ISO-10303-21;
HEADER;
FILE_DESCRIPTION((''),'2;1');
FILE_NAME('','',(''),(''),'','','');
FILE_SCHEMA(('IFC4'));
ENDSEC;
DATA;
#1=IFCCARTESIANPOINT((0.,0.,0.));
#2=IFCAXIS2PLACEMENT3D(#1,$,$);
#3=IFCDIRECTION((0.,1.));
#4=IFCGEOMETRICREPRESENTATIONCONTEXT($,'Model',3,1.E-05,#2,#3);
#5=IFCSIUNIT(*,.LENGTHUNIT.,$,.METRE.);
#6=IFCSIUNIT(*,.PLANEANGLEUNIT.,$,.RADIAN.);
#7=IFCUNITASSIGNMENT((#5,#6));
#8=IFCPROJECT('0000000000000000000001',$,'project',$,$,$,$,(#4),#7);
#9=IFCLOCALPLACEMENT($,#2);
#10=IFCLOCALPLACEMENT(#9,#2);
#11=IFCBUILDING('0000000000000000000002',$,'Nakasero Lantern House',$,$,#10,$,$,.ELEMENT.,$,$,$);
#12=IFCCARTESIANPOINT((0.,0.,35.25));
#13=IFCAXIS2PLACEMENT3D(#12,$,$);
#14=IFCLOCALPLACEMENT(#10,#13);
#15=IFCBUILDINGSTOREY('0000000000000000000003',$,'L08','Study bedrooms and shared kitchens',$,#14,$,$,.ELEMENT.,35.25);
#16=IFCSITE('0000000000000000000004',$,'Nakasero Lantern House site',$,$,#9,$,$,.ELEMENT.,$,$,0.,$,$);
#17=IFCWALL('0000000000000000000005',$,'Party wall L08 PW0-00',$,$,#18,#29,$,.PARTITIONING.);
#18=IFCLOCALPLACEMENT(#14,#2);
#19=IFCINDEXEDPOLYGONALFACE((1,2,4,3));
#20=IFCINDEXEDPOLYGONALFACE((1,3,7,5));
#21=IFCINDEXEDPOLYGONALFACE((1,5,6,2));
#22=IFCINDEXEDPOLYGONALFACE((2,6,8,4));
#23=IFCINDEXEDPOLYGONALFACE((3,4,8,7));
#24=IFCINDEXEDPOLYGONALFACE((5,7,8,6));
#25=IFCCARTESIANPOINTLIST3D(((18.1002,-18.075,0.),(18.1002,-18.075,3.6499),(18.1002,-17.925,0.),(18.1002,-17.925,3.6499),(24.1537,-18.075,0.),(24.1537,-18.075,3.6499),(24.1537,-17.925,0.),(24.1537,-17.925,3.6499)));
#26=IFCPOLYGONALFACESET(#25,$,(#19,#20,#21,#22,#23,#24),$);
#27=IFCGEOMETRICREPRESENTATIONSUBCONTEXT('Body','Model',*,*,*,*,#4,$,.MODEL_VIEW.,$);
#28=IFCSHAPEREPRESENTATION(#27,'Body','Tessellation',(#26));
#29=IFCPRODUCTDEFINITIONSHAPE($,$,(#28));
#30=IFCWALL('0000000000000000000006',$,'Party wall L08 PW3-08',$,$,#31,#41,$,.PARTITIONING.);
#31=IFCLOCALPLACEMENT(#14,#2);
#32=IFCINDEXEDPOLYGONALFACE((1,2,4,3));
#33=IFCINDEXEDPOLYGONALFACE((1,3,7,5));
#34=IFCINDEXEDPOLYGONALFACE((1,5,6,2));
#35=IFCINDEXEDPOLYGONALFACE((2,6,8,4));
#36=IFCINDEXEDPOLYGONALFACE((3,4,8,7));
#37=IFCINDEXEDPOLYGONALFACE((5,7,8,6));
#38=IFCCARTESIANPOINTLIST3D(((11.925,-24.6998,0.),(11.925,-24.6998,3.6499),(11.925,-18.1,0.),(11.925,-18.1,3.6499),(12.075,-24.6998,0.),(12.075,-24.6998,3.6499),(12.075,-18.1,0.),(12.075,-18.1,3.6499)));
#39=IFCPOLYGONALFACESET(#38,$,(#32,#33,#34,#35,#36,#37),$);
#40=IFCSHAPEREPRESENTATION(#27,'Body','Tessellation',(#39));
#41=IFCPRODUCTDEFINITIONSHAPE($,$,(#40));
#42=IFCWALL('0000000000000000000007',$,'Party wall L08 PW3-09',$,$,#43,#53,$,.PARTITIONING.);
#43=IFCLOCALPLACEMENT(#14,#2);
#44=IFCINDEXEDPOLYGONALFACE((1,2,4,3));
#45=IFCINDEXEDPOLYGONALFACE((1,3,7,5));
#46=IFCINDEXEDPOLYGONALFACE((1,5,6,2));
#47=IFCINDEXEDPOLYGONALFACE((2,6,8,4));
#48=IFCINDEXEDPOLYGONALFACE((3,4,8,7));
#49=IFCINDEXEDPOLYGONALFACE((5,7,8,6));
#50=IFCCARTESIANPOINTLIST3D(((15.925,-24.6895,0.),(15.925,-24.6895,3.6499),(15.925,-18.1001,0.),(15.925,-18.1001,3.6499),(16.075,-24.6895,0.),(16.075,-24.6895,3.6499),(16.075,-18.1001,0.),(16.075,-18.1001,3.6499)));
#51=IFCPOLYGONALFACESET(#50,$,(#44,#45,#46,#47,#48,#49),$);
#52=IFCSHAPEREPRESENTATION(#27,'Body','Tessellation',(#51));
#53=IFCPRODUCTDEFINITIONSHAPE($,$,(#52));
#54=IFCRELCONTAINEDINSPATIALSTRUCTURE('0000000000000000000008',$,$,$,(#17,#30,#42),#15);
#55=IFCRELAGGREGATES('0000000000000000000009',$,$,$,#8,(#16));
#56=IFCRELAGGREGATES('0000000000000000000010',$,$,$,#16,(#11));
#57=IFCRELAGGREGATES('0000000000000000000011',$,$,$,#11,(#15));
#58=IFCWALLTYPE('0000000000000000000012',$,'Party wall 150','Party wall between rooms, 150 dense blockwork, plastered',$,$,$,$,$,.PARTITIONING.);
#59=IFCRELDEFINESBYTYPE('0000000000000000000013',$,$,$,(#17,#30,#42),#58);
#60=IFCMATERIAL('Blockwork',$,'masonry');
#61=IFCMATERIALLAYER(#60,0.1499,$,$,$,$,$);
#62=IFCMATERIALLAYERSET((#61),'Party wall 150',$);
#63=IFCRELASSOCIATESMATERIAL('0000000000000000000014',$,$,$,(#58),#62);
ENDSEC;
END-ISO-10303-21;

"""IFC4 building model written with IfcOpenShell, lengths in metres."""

from ifc_helpers import new_model, si_unit, direction, frame, frame_2d, origin, place, context, subcontext, project, spatial, rectangle, extrude, material, layer, layer_set, type_object, element, save


model = new_model("IFC4")

# Units and contexts
model_context = context("Model", 3, precision=1e-05, world=origin(), true_north=direction((0.0, 1.0)))
body_context = subcontext(model_context, "Body", "Model", "MODEL_VIEW")
ifc_project = project(units=[si_unit("LENGTHUNIT", "METRE"), si_unit("PLANEANGLEUNIT", "RADIAN")], contexts=[model_context])

# Site, building, storey
site_placement = place(None, origin())
site = spatial("IfcSite", under=ifc_project, at=site_placement, Name="Nakasero Lantern House site", CompositionType="ELEMENT", RefElevation=0.0)
building_placement = place(site_placement, origin())
building = spatial("IfcBuilding", under=site, at=building_placement, Name="Nakasero Lantern House", CompositionType="ELEMENT")
storey_placement = place(building_placement, frame((0.0, 0.0, 35.25)))
storey = spatial("IfcBuildingStorey", under=building, at=storey_placement, Name="L08", Description="Study bedrooms and shared kitchens", CompositionType="ELEMENT", Elevation=35.25)

# Walls
ifc_material_1 = material(Name="Blockwork", Category="masonry")
ifc_layer_1 = layer(ifc_material_1, 0.1499)
ifc_layer_set_1 = layer_set([ifc_layer_1], Name="Party wall 150")
wall_type_1 = type_object("IfcWallType", Name="Party wall 150", Description="Party wall between rooms, 150 dense blockwork, plastered", PredefinedType="PARTITIONING", material=ifc_layer_set_1)
wall_1_placement = place(storey_placement, frame((18.1001, -18.0, 0.0), z_axis=(0.0, 0.0, 1.0), x_axis=(1.0, 0.0, 0.0)))
element("IfcWall", 1, at=wall_1_placement, inside=storey, type_object=wall_type_1, Name="Party wall L08 PW0-00", PredefinedType="PARTITIONING", context=body_context, shape_type="SweptSolid", body=[
    extrude(rectangle(XDim=6.0535, YDim=0.1499, at=frame_2d((3.0269, 0.0))), origin(), (0.0, 0.0, 1.0), 3.6499),
])
wall_2_placement = place(storey_placement, frame((12.0, -18.1001, 0.0), z_axis=(0.0, 0.0, 1.0), x_axis=(0.0, -1.0, 0.0)))
element("IfcWall", 2, at=wall_2_placement, inside=storey, type_object=wall_type_1, Name="Party wall L08 PW3-08", PredefinedType="PARTITIONING", context=body_context, shape_type="SweptSolid", body=[
    extrude(rectangle(XDim=6.5999, YDim=0.1499, at=frame_2d((3.2998, 0.0))), origin(), (0.0, 0.0, 1.0), 3.6499),
])
wall_3_placement = place(storey_placement, frame((16.0, -18.1001, 0.0), z_axis=(0.0, 0.0, 1.0), x_axis=(0.0, -1.0, 0.0)))
element("IfcWall", 3, at=wall_3_placement, inside=storey, type_object=wall_type_1, Name="Party wall L08 PW3-09", PredefinedType="PARTITIONING", context=body_context, shape_type="SweptSolid", body=[
    extrude(rectangle(XDim=6.5894, YDim=0.1499, at=frame_2d((3.2947, 0.0))), origin(), (0.0, 0.0, 1.0), 3.6499),
])

save(model, "model.ifc")
